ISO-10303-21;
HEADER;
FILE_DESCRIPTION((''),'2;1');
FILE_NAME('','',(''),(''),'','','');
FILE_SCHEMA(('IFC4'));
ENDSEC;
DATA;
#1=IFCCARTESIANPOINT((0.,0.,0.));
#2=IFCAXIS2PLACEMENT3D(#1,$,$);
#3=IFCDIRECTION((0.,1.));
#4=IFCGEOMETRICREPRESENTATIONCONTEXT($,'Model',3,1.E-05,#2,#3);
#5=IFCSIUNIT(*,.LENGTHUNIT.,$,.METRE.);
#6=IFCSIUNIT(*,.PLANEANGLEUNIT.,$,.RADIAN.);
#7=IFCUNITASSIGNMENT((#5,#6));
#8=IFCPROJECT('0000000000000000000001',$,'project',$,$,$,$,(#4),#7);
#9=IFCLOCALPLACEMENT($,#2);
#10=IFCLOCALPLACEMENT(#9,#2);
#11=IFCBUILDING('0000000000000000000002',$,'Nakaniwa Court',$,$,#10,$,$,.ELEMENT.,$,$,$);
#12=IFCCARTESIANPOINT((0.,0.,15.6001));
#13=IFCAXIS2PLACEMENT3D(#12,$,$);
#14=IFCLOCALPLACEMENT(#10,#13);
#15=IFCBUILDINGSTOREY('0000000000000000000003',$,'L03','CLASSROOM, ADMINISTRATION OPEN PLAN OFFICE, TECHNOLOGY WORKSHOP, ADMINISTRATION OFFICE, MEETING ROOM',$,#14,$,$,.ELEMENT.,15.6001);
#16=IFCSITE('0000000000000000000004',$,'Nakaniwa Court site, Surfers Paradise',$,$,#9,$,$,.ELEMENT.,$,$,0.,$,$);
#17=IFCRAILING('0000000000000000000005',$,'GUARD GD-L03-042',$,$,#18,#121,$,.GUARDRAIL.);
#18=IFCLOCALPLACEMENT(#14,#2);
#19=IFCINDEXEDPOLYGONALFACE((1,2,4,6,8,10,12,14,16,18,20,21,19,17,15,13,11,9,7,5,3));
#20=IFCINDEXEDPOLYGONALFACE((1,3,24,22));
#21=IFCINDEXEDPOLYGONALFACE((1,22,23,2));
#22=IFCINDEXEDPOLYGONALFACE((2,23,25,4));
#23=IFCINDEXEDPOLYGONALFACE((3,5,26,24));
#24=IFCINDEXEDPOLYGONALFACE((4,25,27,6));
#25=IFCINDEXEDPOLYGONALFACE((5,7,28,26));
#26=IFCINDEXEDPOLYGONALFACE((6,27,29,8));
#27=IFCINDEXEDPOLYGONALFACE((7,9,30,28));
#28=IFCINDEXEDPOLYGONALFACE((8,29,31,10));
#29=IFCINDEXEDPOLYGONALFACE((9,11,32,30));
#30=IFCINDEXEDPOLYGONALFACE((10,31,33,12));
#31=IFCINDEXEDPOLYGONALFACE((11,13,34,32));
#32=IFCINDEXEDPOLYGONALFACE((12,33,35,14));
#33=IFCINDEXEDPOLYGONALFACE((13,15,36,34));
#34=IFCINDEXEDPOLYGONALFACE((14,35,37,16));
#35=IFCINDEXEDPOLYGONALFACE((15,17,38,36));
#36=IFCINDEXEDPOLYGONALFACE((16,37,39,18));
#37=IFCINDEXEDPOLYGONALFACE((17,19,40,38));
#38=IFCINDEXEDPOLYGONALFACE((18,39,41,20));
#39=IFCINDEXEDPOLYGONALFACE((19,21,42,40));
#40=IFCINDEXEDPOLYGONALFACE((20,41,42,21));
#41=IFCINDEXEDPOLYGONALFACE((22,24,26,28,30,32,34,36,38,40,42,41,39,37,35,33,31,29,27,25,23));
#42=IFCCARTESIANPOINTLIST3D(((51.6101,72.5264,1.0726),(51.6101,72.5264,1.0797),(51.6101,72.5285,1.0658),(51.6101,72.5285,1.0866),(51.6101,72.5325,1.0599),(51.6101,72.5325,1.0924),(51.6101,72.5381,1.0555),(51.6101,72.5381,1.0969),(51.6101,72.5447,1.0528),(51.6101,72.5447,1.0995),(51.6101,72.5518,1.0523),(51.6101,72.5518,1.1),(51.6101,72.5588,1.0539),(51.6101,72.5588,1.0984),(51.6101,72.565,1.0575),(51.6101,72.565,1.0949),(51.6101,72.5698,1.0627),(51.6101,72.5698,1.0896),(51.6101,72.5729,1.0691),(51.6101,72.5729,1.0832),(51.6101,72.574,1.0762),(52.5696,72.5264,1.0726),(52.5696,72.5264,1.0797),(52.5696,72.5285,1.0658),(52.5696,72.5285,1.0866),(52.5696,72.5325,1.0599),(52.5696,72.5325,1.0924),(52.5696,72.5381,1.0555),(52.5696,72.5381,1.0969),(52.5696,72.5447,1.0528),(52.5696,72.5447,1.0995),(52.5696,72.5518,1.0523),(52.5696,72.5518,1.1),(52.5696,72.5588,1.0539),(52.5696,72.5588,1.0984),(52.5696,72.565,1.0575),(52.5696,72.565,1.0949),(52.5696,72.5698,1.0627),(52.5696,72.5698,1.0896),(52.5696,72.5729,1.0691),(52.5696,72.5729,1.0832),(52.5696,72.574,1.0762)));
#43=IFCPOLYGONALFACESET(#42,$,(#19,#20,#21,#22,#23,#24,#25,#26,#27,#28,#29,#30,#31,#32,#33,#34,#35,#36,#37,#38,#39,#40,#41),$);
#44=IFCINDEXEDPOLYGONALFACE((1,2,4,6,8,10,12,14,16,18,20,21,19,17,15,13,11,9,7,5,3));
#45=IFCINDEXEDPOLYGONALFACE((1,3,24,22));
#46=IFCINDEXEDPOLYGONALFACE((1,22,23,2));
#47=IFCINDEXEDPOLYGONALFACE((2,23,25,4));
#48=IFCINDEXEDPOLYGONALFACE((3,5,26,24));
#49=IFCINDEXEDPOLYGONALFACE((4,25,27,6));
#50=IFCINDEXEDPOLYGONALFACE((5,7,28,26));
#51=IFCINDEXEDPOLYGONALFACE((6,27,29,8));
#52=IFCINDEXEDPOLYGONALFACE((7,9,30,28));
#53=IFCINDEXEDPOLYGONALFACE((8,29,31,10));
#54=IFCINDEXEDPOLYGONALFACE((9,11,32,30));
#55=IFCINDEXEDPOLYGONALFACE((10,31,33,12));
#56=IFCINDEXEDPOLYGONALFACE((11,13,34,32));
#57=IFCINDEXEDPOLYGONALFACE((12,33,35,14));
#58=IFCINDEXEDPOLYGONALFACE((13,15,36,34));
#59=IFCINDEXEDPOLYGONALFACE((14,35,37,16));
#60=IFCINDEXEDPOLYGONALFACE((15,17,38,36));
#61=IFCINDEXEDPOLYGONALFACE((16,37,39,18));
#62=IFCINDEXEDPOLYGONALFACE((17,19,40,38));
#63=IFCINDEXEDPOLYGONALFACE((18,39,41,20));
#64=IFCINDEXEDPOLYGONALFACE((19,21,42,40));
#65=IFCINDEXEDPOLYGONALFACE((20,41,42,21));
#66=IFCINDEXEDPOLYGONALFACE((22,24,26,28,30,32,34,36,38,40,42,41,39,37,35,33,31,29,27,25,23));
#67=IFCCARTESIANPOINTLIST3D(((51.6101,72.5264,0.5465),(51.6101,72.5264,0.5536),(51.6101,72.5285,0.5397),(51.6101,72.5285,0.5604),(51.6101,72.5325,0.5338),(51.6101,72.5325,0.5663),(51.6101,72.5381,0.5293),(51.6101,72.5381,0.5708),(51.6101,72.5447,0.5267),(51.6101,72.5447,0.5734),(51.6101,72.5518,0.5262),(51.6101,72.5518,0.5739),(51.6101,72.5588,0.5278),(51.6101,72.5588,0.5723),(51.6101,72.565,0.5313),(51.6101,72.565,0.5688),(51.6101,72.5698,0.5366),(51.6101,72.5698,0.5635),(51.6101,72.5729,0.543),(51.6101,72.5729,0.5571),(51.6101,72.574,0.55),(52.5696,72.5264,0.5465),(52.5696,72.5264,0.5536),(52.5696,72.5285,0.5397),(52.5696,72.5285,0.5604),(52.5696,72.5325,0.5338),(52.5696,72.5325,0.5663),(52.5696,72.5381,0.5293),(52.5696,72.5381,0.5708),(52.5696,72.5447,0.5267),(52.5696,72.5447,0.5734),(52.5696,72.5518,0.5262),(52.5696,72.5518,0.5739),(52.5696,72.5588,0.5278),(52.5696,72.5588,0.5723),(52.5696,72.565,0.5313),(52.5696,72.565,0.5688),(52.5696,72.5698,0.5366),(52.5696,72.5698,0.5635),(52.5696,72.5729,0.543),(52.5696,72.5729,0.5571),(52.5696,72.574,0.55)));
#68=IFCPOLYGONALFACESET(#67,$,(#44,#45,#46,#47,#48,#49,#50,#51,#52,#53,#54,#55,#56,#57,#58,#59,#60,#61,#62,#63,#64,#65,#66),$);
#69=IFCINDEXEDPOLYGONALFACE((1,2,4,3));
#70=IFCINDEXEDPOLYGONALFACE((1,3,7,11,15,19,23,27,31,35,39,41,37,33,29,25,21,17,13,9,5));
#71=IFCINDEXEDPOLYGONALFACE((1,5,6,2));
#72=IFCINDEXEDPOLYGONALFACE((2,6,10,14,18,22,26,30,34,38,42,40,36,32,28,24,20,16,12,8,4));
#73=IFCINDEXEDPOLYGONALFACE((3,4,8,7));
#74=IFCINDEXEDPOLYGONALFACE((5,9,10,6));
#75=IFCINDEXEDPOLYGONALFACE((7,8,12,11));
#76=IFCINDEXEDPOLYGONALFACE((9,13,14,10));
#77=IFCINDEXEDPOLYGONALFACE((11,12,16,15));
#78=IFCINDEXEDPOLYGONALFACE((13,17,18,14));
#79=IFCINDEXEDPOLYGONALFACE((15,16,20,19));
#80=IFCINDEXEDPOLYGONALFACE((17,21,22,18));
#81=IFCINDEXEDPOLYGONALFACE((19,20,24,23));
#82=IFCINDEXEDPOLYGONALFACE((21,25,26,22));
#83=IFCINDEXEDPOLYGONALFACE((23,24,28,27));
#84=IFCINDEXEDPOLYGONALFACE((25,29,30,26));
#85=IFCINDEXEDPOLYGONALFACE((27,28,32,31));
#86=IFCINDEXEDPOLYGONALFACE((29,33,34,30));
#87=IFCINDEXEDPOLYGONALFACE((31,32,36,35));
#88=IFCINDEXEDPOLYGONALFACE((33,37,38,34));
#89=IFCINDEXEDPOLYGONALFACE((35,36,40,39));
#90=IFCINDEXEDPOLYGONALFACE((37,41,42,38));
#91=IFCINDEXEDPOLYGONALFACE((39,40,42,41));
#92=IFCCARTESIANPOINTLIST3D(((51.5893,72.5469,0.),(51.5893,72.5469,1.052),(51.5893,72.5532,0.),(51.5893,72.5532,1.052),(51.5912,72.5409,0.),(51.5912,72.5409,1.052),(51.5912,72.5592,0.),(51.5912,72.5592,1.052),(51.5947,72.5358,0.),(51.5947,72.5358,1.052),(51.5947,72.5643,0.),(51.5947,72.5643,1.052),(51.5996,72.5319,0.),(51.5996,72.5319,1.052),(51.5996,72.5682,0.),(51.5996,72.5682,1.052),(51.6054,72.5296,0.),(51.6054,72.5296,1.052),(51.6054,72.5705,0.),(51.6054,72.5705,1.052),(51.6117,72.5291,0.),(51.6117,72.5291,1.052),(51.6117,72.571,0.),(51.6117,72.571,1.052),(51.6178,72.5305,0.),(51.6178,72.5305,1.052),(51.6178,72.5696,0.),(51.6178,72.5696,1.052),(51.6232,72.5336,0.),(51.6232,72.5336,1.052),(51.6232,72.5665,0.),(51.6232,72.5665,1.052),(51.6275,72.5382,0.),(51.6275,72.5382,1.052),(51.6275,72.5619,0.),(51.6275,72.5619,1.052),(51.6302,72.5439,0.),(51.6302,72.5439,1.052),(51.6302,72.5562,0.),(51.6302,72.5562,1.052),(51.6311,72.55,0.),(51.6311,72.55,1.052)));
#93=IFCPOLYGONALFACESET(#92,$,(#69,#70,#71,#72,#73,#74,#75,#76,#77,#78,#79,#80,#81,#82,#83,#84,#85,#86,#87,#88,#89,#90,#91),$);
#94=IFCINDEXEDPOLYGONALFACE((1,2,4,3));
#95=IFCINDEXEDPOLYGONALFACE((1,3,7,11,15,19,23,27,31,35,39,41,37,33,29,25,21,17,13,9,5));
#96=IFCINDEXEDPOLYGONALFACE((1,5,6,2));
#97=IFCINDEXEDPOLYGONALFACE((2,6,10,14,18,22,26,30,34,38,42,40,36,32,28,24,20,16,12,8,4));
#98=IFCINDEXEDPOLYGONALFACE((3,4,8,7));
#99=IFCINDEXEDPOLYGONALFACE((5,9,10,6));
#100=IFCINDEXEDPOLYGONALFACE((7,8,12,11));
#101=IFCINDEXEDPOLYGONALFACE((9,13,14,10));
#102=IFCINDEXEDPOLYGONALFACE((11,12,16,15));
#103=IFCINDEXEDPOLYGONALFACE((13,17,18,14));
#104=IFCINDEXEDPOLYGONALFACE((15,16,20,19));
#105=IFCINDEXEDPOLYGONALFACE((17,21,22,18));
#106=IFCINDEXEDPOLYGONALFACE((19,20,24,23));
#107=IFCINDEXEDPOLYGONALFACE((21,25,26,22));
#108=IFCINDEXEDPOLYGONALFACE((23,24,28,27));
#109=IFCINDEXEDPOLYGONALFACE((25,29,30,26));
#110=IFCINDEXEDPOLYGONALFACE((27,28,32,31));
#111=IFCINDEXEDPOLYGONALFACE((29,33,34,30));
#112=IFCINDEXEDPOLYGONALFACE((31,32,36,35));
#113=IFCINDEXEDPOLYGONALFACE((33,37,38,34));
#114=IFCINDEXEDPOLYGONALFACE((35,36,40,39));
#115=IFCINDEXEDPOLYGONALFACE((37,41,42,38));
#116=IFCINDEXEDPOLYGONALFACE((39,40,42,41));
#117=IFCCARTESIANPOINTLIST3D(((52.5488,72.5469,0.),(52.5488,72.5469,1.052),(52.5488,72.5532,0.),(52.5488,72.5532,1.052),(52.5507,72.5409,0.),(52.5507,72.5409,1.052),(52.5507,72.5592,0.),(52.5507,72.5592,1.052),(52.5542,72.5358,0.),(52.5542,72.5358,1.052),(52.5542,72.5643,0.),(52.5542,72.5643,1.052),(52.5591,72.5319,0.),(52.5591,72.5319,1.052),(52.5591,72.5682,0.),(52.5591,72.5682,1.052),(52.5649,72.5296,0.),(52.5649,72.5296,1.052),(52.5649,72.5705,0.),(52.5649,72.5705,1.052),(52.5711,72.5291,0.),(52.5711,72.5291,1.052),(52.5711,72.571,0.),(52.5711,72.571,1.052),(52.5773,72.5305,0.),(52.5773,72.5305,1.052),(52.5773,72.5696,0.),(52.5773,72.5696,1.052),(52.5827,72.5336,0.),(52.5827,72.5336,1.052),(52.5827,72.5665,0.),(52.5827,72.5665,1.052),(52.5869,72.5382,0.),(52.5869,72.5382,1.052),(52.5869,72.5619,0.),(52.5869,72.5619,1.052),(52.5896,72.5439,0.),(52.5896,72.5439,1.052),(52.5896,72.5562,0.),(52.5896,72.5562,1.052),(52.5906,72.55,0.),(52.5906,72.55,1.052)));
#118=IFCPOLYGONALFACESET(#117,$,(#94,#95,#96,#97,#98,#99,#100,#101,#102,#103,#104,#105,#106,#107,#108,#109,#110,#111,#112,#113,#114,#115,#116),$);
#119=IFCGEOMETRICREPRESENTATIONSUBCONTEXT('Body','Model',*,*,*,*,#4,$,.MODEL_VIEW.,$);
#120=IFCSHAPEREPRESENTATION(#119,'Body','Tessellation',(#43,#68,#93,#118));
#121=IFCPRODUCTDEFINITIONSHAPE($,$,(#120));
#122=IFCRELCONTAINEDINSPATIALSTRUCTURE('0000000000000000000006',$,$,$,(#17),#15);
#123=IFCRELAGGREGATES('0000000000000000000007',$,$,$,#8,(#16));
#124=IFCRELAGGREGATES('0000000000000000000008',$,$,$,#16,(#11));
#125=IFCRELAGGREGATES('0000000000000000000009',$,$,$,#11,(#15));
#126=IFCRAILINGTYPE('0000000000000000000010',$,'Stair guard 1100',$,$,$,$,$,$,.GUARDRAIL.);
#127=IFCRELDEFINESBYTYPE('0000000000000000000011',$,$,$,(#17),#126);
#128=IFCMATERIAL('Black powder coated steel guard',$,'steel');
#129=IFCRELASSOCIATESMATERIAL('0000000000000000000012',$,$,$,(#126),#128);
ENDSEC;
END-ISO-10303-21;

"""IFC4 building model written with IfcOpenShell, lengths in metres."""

from ifc_helpers import new_model, si_unit, direction, frame, origin, origin_2d, place, context, subcontext, project, spatial, circle, extrude, material, type_object, element, save


model = new_model("IFC4")

# Units and contexts
model_context = context("Model", 3, precision=1e-05, world=origin(), true_north=direction((0.0, 1.0)))
body_context = subcontext(model_context, "Body", "Model", "MODEL_VIEW")
ifc_project = project(units=[si_unit("LENGTHUNIT", "METRE"), si_unit("PLANEANGLEUNIT", "RADIAN")], contexts=[model_context])

# Site, building, storey
site_placement = place(None, origin())
site = spatial("IfcSite", under=ifc_project, at=site_placement, Name="Nakaniwa Court site, Surfers Paradise", CompositionType="ELEMENT", RefElevation=0.0)
building_placement = place(site_placement, origin())
building = spatial("IfcBuilding", under=site, at=building_placement, Name="Nakaniwa Court", CompositionType="ELEMENT")
storey_placement = place(building_placement, frame((0.0, 0.0, 15.6001)))
storey = spatial("IfcBuildingStorey", under=building, at=storey_placement, Name="L03", Description="CLASSROOM, ADMINISTRATION OPEN PLAN OFFICE, TECHNOLOGY WORKSHOP, ADMINISTRATION OFFICE, MEETING ROOM", CompositionType="ELEMENT", Elevation=15.6001)

# Railing
ifc_material_1 = material(Name="Black powder coated steel guard", Category="steel")
railing_type_1 = type_object("IfcRailingType", Name="Stair guard 1100", PredefinedType="GUARDRAIL", material=ifc_material_1)
railing_1_placement = place(storey_placement, frame((51.6101, 72.55, 0.0)))
element("IfcRailing", 1, at=railing_1_placement, inside=storey, type_object=railing_type_1, Name="GUARD GD-L03-042", PredefinedType="GUARDRAIL", context=body_context, shape_type="SweptSolid", body=[
    extrude(circle(Radius=0.0239, at=origin_2d()), frame((0.0, 0.0, 1.0762), z_axis=(1.0, 0.0, 0.0), x_axis=(0.0, 1.0, 0.0)), (0.0, 0.0, 1.0), 0.9595),
    extrude(circle(Radius=0.0239, at=origin_2d()), frame((0.0, 0.0, 0.55), z_axis=(1.0, 0.0, 0.0), x_axis=(0.0, 1.0, 0.0)), (0.0, 0.0, 1.0), 0.9595),
    extrude(circle(Radius=0.021, at=origin_2d()), origin(), (0.0, 0.0, 1.0), 1.052),
    extrude(circle(Radius=0.021, at=origin_2d()), frame((0.9595, 0.0, 0.0)), (0.0, 0.0, 1.0), 1.052),
])

save(model, "model.ifc")
